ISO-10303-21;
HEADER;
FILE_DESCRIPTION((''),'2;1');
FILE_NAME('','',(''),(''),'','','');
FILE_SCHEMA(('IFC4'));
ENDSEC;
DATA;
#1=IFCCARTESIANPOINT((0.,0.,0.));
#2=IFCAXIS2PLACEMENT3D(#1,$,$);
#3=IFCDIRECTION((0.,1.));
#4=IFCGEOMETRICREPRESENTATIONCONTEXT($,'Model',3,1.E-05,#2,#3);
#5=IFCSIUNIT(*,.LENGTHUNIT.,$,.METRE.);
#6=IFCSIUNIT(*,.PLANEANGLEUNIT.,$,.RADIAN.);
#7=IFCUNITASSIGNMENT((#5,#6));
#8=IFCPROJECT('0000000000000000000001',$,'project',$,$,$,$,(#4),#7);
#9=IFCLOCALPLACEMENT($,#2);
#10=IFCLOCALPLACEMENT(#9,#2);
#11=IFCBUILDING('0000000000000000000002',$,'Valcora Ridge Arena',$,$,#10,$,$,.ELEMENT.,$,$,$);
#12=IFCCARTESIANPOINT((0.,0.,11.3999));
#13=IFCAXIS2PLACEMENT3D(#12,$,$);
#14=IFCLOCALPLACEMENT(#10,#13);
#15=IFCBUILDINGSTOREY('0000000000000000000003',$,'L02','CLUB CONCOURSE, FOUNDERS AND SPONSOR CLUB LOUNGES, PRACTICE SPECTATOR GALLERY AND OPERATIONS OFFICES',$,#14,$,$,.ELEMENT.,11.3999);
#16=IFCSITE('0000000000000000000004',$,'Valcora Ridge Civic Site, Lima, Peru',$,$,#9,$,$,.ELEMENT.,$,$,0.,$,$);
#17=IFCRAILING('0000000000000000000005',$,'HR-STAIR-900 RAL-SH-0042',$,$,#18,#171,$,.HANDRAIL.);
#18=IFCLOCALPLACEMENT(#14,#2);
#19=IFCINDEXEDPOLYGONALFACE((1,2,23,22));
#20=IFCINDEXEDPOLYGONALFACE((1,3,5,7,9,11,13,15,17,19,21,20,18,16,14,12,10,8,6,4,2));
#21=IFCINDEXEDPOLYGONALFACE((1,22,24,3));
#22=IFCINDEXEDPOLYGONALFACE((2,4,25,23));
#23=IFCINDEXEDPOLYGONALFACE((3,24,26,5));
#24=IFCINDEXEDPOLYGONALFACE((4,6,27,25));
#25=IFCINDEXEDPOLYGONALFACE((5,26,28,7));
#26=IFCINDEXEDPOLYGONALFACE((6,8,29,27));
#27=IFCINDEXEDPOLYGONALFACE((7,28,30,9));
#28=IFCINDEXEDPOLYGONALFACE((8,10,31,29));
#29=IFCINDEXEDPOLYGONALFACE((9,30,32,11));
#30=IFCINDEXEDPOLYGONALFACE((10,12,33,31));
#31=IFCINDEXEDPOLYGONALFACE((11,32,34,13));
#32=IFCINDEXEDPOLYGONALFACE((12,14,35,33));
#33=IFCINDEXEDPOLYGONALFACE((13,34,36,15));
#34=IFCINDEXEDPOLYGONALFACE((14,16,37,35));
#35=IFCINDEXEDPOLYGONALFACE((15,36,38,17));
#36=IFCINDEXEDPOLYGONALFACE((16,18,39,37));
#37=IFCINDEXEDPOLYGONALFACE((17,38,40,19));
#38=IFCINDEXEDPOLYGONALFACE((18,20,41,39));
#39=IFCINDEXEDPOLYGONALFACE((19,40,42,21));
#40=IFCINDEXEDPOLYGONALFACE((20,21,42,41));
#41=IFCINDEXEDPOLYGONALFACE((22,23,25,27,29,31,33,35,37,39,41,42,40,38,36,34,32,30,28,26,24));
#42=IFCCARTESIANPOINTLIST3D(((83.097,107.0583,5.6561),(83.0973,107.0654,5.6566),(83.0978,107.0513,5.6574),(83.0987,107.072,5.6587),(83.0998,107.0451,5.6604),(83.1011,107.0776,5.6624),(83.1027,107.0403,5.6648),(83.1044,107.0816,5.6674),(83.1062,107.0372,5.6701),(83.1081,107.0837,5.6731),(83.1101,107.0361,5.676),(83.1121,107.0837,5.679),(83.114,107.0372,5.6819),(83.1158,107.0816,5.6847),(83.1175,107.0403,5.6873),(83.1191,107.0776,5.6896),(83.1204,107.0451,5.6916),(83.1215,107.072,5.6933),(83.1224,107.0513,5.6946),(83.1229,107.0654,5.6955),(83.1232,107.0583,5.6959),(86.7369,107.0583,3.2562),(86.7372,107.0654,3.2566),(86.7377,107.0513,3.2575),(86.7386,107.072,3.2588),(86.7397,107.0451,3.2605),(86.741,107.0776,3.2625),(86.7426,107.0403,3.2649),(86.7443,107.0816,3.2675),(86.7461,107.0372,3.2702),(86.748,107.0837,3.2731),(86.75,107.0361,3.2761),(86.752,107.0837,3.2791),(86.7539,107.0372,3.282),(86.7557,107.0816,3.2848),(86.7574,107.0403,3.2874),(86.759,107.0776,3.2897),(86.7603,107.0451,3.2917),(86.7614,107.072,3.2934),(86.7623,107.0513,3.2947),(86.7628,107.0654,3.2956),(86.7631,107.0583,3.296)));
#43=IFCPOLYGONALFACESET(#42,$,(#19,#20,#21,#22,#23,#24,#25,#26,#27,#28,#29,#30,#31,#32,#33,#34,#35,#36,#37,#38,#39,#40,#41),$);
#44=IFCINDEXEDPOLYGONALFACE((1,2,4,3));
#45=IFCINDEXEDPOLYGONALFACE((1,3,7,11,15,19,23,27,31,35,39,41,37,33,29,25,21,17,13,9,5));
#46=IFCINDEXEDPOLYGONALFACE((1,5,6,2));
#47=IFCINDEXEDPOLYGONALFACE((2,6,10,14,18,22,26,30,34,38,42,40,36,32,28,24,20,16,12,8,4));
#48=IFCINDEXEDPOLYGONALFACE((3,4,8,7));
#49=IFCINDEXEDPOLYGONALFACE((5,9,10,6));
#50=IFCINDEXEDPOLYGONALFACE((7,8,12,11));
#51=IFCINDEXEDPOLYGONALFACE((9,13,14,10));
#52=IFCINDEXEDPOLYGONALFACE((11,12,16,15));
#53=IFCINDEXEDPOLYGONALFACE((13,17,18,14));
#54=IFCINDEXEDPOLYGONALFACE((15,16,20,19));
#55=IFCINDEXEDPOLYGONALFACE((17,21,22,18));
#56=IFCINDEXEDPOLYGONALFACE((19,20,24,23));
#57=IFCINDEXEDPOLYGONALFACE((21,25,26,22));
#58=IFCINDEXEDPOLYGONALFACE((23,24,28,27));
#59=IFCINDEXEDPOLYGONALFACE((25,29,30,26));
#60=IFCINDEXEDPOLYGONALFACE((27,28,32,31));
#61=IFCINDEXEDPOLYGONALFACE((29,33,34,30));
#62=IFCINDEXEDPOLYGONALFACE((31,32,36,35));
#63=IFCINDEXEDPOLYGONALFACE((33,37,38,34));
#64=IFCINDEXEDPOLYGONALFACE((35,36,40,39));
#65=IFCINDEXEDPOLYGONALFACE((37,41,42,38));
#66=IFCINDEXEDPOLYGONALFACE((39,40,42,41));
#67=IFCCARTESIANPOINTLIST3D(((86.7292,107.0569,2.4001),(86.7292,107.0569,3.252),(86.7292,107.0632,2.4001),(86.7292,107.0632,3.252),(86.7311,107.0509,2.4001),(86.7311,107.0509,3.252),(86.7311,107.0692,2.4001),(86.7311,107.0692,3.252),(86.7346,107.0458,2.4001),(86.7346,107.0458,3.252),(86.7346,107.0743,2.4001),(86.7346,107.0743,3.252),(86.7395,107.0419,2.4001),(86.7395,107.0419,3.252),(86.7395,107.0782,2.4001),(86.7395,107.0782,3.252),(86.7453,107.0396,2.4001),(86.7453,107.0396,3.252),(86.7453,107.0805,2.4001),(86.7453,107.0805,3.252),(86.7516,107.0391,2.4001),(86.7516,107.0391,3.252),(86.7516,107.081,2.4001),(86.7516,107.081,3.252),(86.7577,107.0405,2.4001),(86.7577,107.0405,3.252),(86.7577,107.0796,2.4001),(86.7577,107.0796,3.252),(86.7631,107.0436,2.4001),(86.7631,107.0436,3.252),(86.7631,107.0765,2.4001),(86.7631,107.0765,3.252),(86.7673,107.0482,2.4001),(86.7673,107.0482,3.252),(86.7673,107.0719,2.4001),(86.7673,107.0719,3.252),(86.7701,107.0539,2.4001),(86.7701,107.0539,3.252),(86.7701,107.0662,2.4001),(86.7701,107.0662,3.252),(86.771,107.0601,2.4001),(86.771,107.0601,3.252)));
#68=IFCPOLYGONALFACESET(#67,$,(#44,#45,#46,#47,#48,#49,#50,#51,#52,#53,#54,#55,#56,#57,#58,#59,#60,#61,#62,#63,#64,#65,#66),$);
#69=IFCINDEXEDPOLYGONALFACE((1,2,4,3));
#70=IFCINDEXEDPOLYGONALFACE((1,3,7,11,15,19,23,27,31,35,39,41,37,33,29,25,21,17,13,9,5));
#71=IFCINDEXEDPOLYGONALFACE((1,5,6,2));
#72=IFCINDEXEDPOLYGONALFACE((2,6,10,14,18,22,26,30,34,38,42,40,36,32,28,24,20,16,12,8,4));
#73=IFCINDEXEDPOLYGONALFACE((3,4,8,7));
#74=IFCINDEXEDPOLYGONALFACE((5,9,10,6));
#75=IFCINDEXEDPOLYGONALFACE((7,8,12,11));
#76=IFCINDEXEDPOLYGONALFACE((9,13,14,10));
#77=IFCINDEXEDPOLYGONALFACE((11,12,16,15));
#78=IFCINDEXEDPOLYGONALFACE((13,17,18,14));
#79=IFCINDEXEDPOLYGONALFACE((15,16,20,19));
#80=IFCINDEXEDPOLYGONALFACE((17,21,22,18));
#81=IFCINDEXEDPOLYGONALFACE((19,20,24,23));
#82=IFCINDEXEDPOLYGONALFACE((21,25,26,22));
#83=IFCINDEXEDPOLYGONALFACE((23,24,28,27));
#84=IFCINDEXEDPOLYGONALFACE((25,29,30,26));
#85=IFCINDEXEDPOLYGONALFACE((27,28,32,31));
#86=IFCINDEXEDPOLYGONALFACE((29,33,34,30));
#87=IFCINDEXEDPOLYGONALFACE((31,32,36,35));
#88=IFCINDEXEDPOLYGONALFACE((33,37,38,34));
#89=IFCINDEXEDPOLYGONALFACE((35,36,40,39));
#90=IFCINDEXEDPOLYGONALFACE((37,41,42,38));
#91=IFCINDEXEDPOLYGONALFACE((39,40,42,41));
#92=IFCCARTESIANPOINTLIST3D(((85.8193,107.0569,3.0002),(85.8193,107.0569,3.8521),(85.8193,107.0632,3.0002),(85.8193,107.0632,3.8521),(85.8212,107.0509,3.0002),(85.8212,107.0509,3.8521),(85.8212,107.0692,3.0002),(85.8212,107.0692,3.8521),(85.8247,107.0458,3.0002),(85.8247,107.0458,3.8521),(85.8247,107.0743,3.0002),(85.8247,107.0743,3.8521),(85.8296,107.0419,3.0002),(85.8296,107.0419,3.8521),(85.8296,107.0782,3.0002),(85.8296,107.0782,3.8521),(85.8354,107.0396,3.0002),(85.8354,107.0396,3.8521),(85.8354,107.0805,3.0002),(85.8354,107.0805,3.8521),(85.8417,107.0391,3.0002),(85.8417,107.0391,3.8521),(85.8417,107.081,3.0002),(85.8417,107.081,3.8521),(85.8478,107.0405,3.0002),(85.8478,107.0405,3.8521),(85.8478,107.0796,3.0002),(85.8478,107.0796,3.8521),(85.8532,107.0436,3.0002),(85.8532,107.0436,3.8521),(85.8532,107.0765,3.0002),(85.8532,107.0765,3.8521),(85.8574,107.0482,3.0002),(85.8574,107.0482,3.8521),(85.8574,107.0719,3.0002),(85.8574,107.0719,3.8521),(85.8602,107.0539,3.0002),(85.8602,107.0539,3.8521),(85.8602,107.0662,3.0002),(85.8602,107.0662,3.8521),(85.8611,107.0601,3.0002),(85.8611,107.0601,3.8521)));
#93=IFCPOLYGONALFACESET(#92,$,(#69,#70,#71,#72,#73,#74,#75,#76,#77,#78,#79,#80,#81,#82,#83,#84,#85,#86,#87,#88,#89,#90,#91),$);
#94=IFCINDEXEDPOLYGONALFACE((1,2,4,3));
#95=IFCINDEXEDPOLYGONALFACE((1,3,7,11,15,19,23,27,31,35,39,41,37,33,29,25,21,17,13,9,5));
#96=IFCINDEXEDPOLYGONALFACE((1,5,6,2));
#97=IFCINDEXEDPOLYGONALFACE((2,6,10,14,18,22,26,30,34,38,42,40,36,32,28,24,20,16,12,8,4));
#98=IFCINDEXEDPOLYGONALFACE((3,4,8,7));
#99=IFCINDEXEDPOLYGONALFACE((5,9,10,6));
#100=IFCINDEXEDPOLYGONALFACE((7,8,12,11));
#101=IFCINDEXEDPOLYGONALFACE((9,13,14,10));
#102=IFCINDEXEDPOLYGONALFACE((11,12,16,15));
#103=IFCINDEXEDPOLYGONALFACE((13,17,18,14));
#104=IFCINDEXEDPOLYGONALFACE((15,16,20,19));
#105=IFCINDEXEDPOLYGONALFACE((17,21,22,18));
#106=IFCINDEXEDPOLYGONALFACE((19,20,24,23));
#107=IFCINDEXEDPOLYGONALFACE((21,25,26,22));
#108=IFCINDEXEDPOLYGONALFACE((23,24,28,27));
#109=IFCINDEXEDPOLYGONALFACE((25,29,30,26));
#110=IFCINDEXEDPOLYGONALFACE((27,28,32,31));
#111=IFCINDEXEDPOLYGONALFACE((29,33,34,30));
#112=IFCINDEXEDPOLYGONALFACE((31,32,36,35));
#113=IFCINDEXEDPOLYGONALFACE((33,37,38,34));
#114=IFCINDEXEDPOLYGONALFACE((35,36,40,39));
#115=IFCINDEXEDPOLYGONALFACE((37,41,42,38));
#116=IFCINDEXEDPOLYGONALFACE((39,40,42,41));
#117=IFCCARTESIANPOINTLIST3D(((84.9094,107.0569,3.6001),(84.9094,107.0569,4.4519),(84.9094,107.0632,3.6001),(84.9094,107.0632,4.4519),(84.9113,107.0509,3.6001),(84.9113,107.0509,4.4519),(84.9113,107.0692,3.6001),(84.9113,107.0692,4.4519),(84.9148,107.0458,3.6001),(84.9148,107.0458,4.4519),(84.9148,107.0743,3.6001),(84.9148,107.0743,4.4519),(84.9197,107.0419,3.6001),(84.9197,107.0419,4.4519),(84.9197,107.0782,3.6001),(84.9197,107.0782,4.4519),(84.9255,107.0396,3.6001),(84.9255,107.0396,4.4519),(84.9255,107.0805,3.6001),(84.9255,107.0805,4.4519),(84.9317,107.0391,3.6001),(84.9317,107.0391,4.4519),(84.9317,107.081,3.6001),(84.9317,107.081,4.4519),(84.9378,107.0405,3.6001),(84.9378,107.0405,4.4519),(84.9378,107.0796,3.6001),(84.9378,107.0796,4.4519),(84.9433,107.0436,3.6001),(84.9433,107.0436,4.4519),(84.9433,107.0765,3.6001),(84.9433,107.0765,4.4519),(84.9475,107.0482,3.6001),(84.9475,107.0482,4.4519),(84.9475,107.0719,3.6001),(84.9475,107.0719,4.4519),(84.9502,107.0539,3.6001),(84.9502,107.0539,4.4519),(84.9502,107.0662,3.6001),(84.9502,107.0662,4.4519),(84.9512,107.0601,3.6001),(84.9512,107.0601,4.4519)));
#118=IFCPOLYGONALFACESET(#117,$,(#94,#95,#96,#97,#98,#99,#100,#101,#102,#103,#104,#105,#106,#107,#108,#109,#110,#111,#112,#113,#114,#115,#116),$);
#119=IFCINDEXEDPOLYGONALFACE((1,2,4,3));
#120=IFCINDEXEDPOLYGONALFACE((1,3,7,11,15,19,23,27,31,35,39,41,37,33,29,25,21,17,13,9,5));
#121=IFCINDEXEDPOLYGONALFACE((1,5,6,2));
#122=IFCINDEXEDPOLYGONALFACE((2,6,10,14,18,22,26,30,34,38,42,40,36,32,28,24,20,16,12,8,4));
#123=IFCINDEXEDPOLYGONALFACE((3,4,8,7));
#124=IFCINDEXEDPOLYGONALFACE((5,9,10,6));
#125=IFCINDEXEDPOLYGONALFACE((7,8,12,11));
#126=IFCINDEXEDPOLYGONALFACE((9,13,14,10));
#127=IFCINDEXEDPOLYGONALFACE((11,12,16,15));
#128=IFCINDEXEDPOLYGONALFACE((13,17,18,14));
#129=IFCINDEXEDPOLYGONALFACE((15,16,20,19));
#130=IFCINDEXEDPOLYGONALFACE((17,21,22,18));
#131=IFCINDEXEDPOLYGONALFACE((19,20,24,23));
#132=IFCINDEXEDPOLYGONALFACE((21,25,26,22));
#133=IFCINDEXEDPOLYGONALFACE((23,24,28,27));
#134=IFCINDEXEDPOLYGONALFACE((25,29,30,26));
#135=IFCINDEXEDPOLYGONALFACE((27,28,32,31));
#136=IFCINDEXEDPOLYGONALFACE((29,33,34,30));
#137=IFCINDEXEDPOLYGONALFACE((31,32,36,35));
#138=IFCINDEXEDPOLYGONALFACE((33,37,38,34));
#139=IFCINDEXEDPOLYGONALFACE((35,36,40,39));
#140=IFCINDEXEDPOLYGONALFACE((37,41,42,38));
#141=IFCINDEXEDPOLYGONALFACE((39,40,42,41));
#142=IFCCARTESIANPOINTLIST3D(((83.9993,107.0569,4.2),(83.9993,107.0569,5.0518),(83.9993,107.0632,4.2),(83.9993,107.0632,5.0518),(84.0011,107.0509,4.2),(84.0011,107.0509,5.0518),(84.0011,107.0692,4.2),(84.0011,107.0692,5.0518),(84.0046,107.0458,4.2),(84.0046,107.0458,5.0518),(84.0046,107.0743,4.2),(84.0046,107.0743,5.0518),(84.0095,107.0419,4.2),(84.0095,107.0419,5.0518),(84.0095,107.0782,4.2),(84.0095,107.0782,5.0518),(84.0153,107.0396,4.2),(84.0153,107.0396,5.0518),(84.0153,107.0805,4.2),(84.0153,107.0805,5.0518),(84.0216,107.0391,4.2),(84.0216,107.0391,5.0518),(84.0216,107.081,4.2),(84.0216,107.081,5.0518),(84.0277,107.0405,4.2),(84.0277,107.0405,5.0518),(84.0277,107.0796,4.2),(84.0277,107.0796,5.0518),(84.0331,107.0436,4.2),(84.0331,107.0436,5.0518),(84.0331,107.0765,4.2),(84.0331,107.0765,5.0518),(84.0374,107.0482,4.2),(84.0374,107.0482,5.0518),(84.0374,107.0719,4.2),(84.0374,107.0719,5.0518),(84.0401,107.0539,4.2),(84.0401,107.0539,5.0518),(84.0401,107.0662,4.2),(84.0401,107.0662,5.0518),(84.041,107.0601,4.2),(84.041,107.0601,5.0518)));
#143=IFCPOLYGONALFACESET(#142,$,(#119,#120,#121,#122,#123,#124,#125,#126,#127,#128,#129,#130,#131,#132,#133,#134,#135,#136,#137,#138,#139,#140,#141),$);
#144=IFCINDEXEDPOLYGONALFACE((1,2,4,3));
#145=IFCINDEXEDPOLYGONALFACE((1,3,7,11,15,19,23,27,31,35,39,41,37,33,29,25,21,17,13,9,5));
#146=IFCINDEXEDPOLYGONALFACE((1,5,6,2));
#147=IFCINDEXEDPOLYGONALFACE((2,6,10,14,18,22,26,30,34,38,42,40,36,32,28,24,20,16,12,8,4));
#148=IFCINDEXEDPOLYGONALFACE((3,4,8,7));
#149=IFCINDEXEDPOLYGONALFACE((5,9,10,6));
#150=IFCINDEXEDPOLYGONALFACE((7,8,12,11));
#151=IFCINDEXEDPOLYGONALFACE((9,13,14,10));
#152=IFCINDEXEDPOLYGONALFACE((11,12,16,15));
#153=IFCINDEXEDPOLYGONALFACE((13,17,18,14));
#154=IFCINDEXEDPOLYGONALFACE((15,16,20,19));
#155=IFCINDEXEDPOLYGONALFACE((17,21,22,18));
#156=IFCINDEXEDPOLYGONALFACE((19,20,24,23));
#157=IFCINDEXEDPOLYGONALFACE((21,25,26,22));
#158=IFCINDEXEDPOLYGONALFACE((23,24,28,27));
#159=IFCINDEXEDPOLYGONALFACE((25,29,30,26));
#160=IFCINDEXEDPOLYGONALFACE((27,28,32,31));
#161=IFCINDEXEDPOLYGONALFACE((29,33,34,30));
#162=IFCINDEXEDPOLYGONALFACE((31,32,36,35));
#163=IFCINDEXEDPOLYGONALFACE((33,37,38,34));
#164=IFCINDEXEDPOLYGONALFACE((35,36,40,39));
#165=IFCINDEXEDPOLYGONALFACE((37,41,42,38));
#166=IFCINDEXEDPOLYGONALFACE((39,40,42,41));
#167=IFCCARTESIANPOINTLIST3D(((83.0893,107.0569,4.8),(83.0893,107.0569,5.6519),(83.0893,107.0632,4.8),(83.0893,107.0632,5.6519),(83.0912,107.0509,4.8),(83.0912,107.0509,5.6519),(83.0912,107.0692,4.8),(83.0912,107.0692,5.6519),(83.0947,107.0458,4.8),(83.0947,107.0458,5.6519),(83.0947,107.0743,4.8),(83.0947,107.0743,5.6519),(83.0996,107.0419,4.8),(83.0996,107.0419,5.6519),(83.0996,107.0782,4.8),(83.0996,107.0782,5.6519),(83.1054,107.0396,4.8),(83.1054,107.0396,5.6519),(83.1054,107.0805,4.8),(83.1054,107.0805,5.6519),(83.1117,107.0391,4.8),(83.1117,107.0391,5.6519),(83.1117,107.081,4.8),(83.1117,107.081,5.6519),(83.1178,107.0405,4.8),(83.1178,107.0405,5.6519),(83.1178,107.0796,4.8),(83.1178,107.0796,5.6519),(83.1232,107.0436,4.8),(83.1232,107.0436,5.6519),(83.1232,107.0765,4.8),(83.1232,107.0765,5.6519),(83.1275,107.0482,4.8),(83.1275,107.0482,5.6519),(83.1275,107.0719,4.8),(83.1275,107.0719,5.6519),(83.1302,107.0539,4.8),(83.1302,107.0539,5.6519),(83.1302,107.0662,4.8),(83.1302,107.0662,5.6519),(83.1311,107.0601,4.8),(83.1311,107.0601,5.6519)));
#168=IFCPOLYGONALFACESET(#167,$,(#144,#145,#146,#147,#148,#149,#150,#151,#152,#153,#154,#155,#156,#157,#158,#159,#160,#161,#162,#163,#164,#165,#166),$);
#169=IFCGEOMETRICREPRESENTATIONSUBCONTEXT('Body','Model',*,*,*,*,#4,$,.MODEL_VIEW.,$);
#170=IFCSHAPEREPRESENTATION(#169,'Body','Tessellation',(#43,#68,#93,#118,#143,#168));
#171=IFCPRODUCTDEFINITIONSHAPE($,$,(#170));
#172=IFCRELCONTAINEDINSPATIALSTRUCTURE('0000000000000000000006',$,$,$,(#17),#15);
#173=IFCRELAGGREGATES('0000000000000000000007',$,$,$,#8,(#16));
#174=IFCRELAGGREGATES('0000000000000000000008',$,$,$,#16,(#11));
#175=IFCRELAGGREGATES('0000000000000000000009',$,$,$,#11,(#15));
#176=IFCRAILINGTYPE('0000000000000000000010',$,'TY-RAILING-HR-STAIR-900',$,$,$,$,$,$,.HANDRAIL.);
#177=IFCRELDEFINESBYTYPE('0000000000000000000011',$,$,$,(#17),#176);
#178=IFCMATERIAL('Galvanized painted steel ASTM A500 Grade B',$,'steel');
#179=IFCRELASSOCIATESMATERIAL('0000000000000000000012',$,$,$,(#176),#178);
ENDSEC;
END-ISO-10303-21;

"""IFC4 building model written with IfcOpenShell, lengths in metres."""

from ifc_helpers import new_model, si_unit, direction, frame, origin, origin_2d, place, context, subcontext, project, spatial, circle, extrude, material, type_object, element, save


model = new_model("IFC4")

# Units and contexts
model_context = context("Model", 3, precision=1e-05, world=origin(), true_north=direction((0.0, 1.0)))
body_context = subcontext(model_context, "Body", "Model", "MODEL_VIEW")
ifc_project = project(units=[si_unit("LENGTHUNIT", "METRE"), si_unit("PLANEANGLEUNIT", "RADIAN")], contexts=[model_context])

# Site, building, storey
site_placement = place(None, origin())
site = spatial("IfcSite", under=ifc_project, at=site_placement, Name="Valcora Ridge Civic Site, Lima, Peru", CompositionType="ELEMENT", RefElevation=0.0)
building_placement = place(site_placement, origin())
building = spatial("IfcBuilding", under=site, at=building_placement, Name="Valcora Ridge Arena", CompositionType="ELEMENT")
storey_placement = place(building_placement, frame((0.0, 0.0, 11.3999)))
storey = spatial("IfcBuildingStorey", under=building, at=storey_placement, Name="L02", Description="CLUB CONCOURSE, FOUNDERS AND SPONSOR CLUB LOUNGES, PRACTICE SPECTATOR GALLERY AND OPERATIONS OFFICES", CompositionType="ELEMENT", Elevation=11.3999)

# Railing
ifc_material_1 = material(Name="Galvanized painted steel ASTM A500 Grade B", Category="steel")
railing_type = type_object("IfcRailingType", Name="TY-RAILING-HR-STAIR-900", PredefinedType="HANDRAIL", material=ifc_material_1)
railing_placement = place(storey_placement, frame((86.75, 107.0601, 2.4001)))
element("IfcRailing", 1, at=railing_placement, inside=storey, type_object=railing_type, Name="HR-STAIR-900 RAL-SH-0042", PredefinedType="HANDRAIL", context=body_context, shape_type="SweptSolid", body=[
    extrude(circle(Radius=0.0239, at=origin_2d()), frame((0.0, 0.0, 0.876), z_axis=(-0.834865, 0.0, 0.550454), x_axis=(0.0, -1.0, 0.0)), (0.0, 0.0, 1.0), 4.3599),
    extrude(circle(Radius=0.021, at=origin_2d()), origin(), (0.0, 0.0, 1.0), 0.8518),
    extrude(circle(Radius=0.021, at=origin_2d()), frame((-0.9099, 0.0, 0.6001)), (0.0, 0.0, 1.0), 0.8518),
    extrude(circle(Radius=0.021, at=origin_2d()), frame((-1.8198, 0.0, 1.2)), (0.0, 0.0, 1.0), 0.8518),
    extrude(circle(Radius=0.021, at=origin_2d()), frame((-2.73, 0.0, 1.7998)), (0.0, 0.0, 1.0), 0.8518),
    extrude(circle(Radius=0.021, at=origin_2d()), frame((-3.6399, 0.0, 2.3999)), (0.0, 0.0, 1.0), 0.8518),
])

save(model, "model.ifc")
